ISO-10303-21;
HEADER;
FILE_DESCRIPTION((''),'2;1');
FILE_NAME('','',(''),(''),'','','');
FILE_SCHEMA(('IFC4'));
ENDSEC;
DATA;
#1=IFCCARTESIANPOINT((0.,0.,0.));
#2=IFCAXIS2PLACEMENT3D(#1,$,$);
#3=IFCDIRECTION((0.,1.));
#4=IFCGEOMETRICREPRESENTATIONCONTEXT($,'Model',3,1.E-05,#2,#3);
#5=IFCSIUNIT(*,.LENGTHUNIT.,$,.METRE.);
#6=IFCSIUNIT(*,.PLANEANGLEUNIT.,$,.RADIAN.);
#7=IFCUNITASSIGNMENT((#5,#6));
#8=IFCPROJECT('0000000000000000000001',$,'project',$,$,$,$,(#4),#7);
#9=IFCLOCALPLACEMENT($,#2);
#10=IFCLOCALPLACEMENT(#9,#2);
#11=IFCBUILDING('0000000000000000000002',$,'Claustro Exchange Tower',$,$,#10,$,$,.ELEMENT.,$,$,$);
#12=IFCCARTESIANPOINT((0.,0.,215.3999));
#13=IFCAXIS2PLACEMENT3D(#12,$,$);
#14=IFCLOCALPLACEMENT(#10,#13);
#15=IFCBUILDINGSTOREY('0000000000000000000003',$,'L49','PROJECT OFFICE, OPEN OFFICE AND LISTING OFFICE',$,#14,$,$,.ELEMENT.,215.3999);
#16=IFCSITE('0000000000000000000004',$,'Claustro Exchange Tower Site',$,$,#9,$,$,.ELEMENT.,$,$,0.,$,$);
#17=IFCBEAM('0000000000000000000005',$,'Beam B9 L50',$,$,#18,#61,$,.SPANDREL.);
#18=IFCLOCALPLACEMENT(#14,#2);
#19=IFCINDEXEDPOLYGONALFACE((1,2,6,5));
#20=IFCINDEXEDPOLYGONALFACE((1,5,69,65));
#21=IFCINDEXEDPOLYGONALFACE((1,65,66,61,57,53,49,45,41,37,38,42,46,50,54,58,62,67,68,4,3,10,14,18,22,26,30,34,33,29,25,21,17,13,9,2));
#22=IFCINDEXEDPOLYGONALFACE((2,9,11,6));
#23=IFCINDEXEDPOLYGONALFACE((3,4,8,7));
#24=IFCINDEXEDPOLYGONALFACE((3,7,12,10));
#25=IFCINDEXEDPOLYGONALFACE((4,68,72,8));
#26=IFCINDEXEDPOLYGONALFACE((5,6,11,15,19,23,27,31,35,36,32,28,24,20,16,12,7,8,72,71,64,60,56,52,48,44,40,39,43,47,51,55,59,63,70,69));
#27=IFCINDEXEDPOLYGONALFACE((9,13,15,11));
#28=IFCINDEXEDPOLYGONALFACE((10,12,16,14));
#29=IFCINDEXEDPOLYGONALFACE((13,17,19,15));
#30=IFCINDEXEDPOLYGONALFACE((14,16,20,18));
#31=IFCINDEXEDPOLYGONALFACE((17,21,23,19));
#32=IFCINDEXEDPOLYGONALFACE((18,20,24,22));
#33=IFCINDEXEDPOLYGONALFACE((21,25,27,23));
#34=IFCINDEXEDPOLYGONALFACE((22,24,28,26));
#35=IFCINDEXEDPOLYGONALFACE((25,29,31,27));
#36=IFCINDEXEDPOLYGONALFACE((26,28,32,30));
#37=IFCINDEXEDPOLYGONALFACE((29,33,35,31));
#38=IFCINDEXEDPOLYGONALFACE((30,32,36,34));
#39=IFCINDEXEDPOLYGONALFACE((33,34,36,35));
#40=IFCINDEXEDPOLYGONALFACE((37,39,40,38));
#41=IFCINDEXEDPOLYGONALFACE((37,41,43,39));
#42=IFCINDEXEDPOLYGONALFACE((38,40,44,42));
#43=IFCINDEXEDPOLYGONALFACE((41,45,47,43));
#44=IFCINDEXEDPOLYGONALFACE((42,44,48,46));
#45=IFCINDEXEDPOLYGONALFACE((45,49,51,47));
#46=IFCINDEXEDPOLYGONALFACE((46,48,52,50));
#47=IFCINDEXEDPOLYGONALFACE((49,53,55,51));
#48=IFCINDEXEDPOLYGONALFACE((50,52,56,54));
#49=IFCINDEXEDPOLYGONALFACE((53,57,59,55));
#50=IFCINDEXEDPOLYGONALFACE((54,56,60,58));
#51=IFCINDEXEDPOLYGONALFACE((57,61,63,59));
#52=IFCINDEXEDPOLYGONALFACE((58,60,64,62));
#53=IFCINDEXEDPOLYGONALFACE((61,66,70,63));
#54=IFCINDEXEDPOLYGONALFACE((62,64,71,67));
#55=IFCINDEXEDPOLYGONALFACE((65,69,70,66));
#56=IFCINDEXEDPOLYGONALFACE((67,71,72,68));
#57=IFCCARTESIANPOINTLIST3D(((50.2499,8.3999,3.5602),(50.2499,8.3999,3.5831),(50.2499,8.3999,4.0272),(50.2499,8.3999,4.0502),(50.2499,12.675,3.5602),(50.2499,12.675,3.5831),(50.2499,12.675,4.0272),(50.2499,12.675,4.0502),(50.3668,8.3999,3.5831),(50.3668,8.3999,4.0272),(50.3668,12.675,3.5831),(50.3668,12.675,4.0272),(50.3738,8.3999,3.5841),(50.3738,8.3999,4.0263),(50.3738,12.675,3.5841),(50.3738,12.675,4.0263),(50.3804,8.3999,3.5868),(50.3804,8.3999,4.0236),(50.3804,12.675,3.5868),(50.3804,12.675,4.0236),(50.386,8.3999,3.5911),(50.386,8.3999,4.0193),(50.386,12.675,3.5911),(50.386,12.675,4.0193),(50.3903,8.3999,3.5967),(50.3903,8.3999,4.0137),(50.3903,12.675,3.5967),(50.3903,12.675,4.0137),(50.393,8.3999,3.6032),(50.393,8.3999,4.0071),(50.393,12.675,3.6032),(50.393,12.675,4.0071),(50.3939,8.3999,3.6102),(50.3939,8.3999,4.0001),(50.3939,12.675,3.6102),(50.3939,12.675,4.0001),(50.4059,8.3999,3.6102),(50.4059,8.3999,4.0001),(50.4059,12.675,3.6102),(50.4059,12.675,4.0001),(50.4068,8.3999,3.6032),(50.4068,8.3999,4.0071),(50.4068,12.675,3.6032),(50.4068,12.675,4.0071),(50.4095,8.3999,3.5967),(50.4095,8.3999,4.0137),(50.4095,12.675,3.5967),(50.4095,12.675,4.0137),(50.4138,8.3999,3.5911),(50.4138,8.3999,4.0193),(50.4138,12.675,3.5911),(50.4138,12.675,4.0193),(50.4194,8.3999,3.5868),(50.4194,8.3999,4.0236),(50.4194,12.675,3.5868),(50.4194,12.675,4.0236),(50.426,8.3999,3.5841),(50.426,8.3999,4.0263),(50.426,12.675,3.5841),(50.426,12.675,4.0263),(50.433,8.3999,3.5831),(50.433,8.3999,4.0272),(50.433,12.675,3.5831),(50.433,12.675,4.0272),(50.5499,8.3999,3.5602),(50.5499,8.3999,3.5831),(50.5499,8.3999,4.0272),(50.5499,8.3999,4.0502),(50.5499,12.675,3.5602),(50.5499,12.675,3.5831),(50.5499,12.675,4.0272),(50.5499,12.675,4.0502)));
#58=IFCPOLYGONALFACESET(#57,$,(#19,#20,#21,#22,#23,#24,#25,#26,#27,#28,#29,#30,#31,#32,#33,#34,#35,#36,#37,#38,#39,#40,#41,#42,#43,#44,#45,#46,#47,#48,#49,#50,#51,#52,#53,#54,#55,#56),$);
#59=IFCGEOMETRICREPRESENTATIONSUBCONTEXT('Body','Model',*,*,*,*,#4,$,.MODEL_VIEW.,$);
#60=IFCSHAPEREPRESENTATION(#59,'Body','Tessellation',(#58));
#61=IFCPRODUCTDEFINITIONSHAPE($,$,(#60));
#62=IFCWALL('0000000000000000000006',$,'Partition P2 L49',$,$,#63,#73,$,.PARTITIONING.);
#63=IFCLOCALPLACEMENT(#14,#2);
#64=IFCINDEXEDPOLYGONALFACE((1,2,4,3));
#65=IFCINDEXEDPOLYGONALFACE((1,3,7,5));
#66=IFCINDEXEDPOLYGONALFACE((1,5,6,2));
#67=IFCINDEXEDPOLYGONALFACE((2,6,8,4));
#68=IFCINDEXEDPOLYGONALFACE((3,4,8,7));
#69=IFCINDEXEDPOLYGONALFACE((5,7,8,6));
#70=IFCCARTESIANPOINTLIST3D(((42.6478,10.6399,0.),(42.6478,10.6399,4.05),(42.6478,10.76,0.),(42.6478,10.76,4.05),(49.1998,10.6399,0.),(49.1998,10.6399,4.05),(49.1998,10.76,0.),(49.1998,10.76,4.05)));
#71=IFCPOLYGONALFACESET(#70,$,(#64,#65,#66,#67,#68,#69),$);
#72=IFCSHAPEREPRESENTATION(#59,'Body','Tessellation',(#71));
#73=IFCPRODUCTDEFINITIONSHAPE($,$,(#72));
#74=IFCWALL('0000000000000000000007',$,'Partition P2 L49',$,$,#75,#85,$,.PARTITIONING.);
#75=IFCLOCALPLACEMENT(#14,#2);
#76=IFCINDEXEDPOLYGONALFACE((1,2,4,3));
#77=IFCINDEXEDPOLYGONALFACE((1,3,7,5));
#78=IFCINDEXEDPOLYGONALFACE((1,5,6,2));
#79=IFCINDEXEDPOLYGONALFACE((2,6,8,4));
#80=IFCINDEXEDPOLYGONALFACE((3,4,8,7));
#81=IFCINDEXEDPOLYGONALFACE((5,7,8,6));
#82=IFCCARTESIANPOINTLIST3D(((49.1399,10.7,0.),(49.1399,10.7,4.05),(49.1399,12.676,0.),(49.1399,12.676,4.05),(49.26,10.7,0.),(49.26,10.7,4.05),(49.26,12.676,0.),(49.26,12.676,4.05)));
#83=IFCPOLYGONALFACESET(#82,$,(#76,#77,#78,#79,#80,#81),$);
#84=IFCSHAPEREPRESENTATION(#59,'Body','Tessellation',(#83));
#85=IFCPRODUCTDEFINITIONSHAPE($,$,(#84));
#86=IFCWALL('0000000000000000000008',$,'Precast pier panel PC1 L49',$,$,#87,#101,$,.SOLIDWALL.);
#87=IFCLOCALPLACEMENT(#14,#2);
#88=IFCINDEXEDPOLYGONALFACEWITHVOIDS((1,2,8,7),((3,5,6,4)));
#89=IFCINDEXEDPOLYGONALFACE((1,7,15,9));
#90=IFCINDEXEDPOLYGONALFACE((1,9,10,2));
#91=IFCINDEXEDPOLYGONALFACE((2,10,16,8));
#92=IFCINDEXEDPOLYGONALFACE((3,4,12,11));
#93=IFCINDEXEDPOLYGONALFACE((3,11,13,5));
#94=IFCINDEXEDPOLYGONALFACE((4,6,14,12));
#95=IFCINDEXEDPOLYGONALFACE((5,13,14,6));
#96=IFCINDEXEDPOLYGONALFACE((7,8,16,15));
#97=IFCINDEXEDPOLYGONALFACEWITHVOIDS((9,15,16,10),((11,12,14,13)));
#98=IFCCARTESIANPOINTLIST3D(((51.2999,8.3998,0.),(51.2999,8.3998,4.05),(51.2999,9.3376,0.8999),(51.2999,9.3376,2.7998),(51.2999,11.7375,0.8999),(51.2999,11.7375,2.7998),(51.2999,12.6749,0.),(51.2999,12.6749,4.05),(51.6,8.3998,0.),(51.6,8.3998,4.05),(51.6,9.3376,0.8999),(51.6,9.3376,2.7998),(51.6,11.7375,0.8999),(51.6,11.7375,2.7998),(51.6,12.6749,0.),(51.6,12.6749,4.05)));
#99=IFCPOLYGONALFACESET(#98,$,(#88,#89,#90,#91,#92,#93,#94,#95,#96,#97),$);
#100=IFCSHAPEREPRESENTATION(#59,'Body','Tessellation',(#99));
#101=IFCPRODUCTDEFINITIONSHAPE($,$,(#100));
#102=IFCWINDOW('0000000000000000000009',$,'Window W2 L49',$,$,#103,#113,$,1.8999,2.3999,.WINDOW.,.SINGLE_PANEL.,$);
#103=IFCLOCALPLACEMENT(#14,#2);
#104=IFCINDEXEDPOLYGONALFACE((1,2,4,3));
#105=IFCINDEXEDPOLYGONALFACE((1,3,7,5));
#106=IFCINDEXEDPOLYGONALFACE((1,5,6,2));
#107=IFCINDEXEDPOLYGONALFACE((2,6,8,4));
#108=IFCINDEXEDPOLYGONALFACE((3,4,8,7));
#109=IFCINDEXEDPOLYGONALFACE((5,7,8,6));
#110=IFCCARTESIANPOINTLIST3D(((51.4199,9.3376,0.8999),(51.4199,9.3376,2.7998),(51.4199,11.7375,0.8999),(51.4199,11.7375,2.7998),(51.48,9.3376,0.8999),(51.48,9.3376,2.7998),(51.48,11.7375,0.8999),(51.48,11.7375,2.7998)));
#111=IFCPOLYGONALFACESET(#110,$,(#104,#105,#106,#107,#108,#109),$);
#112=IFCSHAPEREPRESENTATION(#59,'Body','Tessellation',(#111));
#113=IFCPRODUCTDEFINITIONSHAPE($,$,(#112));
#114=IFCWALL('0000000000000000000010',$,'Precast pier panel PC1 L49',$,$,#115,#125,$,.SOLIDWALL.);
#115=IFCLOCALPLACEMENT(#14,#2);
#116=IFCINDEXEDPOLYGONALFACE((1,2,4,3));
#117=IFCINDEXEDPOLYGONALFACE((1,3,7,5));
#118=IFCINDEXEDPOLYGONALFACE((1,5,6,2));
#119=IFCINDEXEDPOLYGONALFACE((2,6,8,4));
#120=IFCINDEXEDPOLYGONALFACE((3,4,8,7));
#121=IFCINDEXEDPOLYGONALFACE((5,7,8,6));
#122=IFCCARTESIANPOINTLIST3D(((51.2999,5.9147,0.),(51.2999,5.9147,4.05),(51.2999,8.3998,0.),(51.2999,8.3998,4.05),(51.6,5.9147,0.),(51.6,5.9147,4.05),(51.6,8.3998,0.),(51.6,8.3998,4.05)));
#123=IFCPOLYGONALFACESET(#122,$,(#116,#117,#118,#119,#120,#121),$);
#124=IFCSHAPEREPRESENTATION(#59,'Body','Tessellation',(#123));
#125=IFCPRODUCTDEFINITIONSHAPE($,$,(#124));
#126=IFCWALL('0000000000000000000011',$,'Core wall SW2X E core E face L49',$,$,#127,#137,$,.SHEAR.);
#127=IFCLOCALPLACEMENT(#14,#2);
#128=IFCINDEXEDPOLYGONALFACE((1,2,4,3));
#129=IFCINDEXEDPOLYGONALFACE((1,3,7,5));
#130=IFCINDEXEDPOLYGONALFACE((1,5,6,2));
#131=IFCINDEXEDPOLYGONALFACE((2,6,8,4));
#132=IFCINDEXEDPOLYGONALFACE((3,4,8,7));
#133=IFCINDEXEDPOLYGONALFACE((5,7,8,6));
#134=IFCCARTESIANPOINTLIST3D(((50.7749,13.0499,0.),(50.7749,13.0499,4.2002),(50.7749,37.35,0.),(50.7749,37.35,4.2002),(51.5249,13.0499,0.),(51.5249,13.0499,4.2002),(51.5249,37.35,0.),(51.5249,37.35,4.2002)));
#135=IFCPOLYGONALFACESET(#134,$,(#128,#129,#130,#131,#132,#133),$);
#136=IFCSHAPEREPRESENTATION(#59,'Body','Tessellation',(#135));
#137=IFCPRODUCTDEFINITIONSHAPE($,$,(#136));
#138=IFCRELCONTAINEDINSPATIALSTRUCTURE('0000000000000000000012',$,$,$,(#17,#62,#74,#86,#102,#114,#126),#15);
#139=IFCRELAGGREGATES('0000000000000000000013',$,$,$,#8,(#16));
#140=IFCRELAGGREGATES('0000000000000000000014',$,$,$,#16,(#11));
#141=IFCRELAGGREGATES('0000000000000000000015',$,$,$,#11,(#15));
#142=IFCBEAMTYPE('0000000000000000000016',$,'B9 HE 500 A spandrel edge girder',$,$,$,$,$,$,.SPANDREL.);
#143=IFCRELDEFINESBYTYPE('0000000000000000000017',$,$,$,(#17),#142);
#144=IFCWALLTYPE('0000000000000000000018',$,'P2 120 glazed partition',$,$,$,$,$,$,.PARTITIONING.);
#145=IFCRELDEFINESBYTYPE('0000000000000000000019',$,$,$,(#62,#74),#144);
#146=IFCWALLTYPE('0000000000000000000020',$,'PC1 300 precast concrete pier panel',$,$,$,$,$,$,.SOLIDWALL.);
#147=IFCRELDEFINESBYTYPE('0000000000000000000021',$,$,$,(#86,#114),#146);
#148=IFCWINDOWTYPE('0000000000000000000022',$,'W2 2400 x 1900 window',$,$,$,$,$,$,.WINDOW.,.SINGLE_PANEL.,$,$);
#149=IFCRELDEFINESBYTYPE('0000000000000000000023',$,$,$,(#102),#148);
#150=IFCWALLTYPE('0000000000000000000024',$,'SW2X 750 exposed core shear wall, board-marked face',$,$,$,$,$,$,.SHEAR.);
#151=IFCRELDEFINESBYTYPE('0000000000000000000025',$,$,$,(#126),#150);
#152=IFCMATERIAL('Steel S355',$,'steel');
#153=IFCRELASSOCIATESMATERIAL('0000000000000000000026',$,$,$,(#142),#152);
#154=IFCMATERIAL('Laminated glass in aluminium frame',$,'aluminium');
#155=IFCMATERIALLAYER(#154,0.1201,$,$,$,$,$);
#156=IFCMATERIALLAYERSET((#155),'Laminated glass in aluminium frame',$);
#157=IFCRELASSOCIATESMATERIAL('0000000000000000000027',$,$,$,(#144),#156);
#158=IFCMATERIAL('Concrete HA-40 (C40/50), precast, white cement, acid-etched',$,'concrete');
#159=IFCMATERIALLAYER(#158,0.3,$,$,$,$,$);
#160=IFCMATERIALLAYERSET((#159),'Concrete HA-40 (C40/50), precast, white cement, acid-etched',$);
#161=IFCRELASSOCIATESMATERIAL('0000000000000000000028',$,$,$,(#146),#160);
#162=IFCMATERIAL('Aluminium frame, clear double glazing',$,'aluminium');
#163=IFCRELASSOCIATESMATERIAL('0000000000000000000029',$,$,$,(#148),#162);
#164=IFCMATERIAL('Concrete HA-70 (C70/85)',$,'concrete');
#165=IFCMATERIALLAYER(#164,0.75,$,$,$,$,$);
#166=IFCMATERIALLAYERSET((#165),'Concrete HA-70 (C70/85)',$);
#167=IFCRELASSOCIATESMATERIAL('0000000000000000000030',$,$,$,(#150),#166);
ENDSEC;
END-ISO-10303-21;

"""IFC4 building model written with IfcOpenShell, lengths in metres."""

from ifc_helpers import new_model, si_unit, direction, frame, frame_2d, origin, origin_2d, place, context, subcontext, project, spatial, rectangle, i_section, extrude, material, layer, layer_set, material_profile, profile_set, type_object, element, fill, save


model = new_model("IFC4")

# Units and contexts
model_context = context("Model", 3, precision=1e-05, world=origin(), true_north=direction((0.0, 1.0)))
body_context = subcontext(model_context, "Body", "Model", "MODEL_VIEW")
ifc_project = project(units=[si_unit("LENGTHUNIT", "METRE"), si_unit("PLANEANGLEUNIT", "RADIAN")], contexts=[model_context])

# Site, building, storey
site_placement = place(None, origin())
site = spatial("IfcSite", under=ifc_project, at=site_placement, Name="Claustro Exchange Tower Site", CompositionType="ELEMENT", RefElevation=0.0)
building_placement = place(site_placement, origin())
building = spatial("IfcBuilding", under=site, at=building_placement, Name="Claustro Exchange Tower", CompositionType="ELEMENT")
storey_placement = place(building_placement, frame((0.0, 0.0, 215.3999)))
storey = spatial("IfcBuildingStorey", under=building, at=storey_placement, Name="L49", Description="PROJECT OFFICE, OPEN OFFICE AND LISTING OFFICE", CompositionType="ELEMENT", Elevation=215.3999)

# Beam
ifc_material_1 = material(Name="Steel S355", Category="steel")
ifc_material_profile = material_profile(ifc_material_1, i_section(OverallWidth=0.3, OverallDepth=0.49, WebThickness=0.012, FlangeThickness=0.0229, FilletRadius=0.0271, at=origin_2d()), Name="HE 500 A")
ifc_profile_set = profile_set([ifc_material_profile], Name="Steel S355")
beam_type = type_object("IfcBeamType", Name="B9 HE 500 A spandrel edge girder", PredefinedType="SPANDREL", material=ifc_profile_set)
beam_placement = place(storey_placement, frame((50.3999, 8.3999, 3.8052), z_axis=(0.0, 1.0, 0.0), x_axis=(-1.0, 0.0, 0.0)))
element("IfcBeam", 1, at=beam_placement, inside=storey, type_object=beam_type, Name="Beam B9 L50", PredefinedType="SPANDREL", context=body_context, shape_type="SweptSolid", body=[
    extrude(i_section(OverallWidth=0.3, OverallDepth=0.49, WebThickness=0.012, FlangeThickness=0.0229, FilletRadius=0.0271, at=origin_2d()), origin(), (0.0, 0.0, 1.0), 4.2751),
])

# Shared definitions
ifc_material_2 = material(Name="Laminated glass in aluminium frame", Category="aluminium")
ifc_layer_1 = layer(ifc_material_2, 0.1201)
ifc_layer_set_1 = layer_set([ifc_layer_1], Name="Laminated glass in aluminium frame")
wall_type_1 = type_object("IfcWallType", Name="P2 120 glazed partition", PredefinedType="PARTITIONING", material=ifc_layer_set_1)

# Walls
wall_1_placement = place(storey_placement, frame((42.6479, 10.7, 0.0), z_axis=(0.0, 0.0, 1.0), x_axis=(1.0, 0.0, 0.0)))
element("IfcWall", 2, at=wall_1_placement, inside=storey, type_object=wall_type_1, Name="Partition P2 L49", PredefinedType="PARTITIONING", context=body_context, shape_type="SweptSolid", body=[
    extrude(rectangle(XDim=6.552, YDim=0.1201, at=frame_2d((3.2759, 0.0))), origin(), (0.0, 0.0, 1.0), 4.05),
])
wall_2_placement = place(storey_placement, frame((49.2, 10.7, 0.0), z_axis=(0.0, 0.0, 1.0), x_axis=(0.0, 1.0, 0.0)))
element("IfcWall", 3, at=wall_2_placement, inside=storey, type_object=wall_type_1, Name="Partition P2 L49", PredefinedType="PARTITIONING", context=body_context, shape_type="SweptSolid", body=[
    extrude(rectangle(XDim=1.9761, YDim=0.1201, at=frame_2d((0.988, 0.0))), origin(), (0.0, 0.0, 1.0), 4.05),
])

# Wall, opening, window
ifc_material_3 = material(Name="Concrete HA-40 (C40/50), precast, white cement, acid-etched", Category="concrete")
ifc_layer_2 = layer(ifc_material_3, 0.3)
ifc_layer_set_2 = layer_set([ifc_layer_2], Name="Concrete HA-40 (C40/50), precast, white cement, acid-etched")
wall_type_2 = type_object("IfcWallType", Name="PC1 300 precast concrete pier panel", PredefinedType="SOLIDWALL", material=ifc_layer_set_2)
wall_3_placement = place(storey_placement, frame((51.45, 12.675, 0.0), z_axis=(0.0, 0.0, 1.0), x_axis=(0.0, -1.0, 0.0)))
wall_3 = element("IfcWall", 4, at=wall_3_placement, inside=storey, type_object=wall_type_2, Name="Precast pier panel PC1 L49", PredefinedType="SOLIDWALL", context=body_context, shape_type="SweptSolid", body=[
    extrude(rectangle(XDim=4.2751, YDim=0.3, at=frame_2d((2.1377, 0.0))), origin(), (0.0, 0.0, 1.0), 4.05),
])
opening_1_placement = place(wall_3_placement, frame((0.9375, 0.0, 0.8999)))
opening_1 = element("IfcOpeningElement", 5, at=opening_1_placement, cuts=wall_3, PredefinedType="OPENING", context=body_context, shape_type="SweptSolid", body=[
    extrude(rectangle(XDim=2.3999, YDim=1.8999, at=frame_2d((1.2, 0.95))), frame((0.0, 0.1599, 0.0), z_axis=(0.0, -1.0, 0.0), x_axis=(1.0, 0.0, 0.0)), (0.0, 0.0, 1.0), 0.3201),
])
ifc_material_4 = material(Name="Aluminium frame, clear double glazing", Category="aluminium")
window_type = type_object("IfcWindowType", Name="W2 2400 x 1900 window", PartitioningType="SINGLE_PANEL", PredefinedType="WINDOW", material=ifc_material_4)
window_placement = place(opening_1_placement, origin())
window = element("IfcWindow", 6, at=window_placement, inside=storey, type_object=window_type, Name="Window W2 L49", OverallHeight=1.8999, OverallWidth=2.3999, PartitioningType="SINGLE_PANEL", PredefinedType="WINDOW", context=body_context, shape_type="SweptSolid", body=[
    extrude(rectangle(XDim=2.3999, YDim=1.8999, at=frame_2d((1.2, 0.95))), frame((0.0, 0.03, 0.0), z_axis=(0.0, -1.0, 0.0), x_axis=(1.0, 0.0, 0.0)), (0.0, 0.0, 1.0), 0.0601),
])
fill(opening_1, window)

# Walls
wall_4_placement = place(storey_placement, frame((51.45, 8.3999, 0.0), z_axis=(0.0, 0.0, 1.0), x_axis=(0.0, -1.0, 0.0)))
element("IfcWall", 7, at=wall_4_placement, inside=storey, type_object=wall_type_2, Name="Precast pier panel PC1 L49", PredefinedType="SOLIDWALL", context=body_context, shape_type="SweptSolid", body=[
    extrude(rectangle(XDim=2.4851, YDim=0.3, at=frame_2d((1.2427, 0.0))), origin(), (0.0, 0.0, 1.0), 4.05),
])
ifc_material_5 = material(Name="Concrete HA-70 (C70/85)", Category="concrete")
ifc_layer_3 = layer(ifc_material_5, 0.75)
ifc_layer_set_3 = layer_set([ifc_layer_3], Name="Concrete HA-70 (C70/85)")
wall_type_3 = type_object("IfcWallType", Name="SW2X 750 exposed core shear wall, board-marked face", PredefinedType="SHEAR", material=ifc_layer_set_3)
wall_5_placement = place(storey_placement, frame((51.1499, 13.05, 0.0), z_axis=(0.0, 0.0, 1.0), x_axis=(0.0, 1.0, 0.0)))
element("IfcWall", 8, at=wall_5_placement, inside=storey, type_object=wall_type_3, Name="Core wall SW2X E core E face L49", PredefinedType="SHEAR", context=body_context, shape_type="SweptSolid", body=[
    extrude(rectangle(XDim=24.3, YDim=0.75, at=frame_2d((12.1499, 0.0))), origin(), (0.0, 0.0, 1.0), 4.2002),
])

save(model, "model.ifc")
